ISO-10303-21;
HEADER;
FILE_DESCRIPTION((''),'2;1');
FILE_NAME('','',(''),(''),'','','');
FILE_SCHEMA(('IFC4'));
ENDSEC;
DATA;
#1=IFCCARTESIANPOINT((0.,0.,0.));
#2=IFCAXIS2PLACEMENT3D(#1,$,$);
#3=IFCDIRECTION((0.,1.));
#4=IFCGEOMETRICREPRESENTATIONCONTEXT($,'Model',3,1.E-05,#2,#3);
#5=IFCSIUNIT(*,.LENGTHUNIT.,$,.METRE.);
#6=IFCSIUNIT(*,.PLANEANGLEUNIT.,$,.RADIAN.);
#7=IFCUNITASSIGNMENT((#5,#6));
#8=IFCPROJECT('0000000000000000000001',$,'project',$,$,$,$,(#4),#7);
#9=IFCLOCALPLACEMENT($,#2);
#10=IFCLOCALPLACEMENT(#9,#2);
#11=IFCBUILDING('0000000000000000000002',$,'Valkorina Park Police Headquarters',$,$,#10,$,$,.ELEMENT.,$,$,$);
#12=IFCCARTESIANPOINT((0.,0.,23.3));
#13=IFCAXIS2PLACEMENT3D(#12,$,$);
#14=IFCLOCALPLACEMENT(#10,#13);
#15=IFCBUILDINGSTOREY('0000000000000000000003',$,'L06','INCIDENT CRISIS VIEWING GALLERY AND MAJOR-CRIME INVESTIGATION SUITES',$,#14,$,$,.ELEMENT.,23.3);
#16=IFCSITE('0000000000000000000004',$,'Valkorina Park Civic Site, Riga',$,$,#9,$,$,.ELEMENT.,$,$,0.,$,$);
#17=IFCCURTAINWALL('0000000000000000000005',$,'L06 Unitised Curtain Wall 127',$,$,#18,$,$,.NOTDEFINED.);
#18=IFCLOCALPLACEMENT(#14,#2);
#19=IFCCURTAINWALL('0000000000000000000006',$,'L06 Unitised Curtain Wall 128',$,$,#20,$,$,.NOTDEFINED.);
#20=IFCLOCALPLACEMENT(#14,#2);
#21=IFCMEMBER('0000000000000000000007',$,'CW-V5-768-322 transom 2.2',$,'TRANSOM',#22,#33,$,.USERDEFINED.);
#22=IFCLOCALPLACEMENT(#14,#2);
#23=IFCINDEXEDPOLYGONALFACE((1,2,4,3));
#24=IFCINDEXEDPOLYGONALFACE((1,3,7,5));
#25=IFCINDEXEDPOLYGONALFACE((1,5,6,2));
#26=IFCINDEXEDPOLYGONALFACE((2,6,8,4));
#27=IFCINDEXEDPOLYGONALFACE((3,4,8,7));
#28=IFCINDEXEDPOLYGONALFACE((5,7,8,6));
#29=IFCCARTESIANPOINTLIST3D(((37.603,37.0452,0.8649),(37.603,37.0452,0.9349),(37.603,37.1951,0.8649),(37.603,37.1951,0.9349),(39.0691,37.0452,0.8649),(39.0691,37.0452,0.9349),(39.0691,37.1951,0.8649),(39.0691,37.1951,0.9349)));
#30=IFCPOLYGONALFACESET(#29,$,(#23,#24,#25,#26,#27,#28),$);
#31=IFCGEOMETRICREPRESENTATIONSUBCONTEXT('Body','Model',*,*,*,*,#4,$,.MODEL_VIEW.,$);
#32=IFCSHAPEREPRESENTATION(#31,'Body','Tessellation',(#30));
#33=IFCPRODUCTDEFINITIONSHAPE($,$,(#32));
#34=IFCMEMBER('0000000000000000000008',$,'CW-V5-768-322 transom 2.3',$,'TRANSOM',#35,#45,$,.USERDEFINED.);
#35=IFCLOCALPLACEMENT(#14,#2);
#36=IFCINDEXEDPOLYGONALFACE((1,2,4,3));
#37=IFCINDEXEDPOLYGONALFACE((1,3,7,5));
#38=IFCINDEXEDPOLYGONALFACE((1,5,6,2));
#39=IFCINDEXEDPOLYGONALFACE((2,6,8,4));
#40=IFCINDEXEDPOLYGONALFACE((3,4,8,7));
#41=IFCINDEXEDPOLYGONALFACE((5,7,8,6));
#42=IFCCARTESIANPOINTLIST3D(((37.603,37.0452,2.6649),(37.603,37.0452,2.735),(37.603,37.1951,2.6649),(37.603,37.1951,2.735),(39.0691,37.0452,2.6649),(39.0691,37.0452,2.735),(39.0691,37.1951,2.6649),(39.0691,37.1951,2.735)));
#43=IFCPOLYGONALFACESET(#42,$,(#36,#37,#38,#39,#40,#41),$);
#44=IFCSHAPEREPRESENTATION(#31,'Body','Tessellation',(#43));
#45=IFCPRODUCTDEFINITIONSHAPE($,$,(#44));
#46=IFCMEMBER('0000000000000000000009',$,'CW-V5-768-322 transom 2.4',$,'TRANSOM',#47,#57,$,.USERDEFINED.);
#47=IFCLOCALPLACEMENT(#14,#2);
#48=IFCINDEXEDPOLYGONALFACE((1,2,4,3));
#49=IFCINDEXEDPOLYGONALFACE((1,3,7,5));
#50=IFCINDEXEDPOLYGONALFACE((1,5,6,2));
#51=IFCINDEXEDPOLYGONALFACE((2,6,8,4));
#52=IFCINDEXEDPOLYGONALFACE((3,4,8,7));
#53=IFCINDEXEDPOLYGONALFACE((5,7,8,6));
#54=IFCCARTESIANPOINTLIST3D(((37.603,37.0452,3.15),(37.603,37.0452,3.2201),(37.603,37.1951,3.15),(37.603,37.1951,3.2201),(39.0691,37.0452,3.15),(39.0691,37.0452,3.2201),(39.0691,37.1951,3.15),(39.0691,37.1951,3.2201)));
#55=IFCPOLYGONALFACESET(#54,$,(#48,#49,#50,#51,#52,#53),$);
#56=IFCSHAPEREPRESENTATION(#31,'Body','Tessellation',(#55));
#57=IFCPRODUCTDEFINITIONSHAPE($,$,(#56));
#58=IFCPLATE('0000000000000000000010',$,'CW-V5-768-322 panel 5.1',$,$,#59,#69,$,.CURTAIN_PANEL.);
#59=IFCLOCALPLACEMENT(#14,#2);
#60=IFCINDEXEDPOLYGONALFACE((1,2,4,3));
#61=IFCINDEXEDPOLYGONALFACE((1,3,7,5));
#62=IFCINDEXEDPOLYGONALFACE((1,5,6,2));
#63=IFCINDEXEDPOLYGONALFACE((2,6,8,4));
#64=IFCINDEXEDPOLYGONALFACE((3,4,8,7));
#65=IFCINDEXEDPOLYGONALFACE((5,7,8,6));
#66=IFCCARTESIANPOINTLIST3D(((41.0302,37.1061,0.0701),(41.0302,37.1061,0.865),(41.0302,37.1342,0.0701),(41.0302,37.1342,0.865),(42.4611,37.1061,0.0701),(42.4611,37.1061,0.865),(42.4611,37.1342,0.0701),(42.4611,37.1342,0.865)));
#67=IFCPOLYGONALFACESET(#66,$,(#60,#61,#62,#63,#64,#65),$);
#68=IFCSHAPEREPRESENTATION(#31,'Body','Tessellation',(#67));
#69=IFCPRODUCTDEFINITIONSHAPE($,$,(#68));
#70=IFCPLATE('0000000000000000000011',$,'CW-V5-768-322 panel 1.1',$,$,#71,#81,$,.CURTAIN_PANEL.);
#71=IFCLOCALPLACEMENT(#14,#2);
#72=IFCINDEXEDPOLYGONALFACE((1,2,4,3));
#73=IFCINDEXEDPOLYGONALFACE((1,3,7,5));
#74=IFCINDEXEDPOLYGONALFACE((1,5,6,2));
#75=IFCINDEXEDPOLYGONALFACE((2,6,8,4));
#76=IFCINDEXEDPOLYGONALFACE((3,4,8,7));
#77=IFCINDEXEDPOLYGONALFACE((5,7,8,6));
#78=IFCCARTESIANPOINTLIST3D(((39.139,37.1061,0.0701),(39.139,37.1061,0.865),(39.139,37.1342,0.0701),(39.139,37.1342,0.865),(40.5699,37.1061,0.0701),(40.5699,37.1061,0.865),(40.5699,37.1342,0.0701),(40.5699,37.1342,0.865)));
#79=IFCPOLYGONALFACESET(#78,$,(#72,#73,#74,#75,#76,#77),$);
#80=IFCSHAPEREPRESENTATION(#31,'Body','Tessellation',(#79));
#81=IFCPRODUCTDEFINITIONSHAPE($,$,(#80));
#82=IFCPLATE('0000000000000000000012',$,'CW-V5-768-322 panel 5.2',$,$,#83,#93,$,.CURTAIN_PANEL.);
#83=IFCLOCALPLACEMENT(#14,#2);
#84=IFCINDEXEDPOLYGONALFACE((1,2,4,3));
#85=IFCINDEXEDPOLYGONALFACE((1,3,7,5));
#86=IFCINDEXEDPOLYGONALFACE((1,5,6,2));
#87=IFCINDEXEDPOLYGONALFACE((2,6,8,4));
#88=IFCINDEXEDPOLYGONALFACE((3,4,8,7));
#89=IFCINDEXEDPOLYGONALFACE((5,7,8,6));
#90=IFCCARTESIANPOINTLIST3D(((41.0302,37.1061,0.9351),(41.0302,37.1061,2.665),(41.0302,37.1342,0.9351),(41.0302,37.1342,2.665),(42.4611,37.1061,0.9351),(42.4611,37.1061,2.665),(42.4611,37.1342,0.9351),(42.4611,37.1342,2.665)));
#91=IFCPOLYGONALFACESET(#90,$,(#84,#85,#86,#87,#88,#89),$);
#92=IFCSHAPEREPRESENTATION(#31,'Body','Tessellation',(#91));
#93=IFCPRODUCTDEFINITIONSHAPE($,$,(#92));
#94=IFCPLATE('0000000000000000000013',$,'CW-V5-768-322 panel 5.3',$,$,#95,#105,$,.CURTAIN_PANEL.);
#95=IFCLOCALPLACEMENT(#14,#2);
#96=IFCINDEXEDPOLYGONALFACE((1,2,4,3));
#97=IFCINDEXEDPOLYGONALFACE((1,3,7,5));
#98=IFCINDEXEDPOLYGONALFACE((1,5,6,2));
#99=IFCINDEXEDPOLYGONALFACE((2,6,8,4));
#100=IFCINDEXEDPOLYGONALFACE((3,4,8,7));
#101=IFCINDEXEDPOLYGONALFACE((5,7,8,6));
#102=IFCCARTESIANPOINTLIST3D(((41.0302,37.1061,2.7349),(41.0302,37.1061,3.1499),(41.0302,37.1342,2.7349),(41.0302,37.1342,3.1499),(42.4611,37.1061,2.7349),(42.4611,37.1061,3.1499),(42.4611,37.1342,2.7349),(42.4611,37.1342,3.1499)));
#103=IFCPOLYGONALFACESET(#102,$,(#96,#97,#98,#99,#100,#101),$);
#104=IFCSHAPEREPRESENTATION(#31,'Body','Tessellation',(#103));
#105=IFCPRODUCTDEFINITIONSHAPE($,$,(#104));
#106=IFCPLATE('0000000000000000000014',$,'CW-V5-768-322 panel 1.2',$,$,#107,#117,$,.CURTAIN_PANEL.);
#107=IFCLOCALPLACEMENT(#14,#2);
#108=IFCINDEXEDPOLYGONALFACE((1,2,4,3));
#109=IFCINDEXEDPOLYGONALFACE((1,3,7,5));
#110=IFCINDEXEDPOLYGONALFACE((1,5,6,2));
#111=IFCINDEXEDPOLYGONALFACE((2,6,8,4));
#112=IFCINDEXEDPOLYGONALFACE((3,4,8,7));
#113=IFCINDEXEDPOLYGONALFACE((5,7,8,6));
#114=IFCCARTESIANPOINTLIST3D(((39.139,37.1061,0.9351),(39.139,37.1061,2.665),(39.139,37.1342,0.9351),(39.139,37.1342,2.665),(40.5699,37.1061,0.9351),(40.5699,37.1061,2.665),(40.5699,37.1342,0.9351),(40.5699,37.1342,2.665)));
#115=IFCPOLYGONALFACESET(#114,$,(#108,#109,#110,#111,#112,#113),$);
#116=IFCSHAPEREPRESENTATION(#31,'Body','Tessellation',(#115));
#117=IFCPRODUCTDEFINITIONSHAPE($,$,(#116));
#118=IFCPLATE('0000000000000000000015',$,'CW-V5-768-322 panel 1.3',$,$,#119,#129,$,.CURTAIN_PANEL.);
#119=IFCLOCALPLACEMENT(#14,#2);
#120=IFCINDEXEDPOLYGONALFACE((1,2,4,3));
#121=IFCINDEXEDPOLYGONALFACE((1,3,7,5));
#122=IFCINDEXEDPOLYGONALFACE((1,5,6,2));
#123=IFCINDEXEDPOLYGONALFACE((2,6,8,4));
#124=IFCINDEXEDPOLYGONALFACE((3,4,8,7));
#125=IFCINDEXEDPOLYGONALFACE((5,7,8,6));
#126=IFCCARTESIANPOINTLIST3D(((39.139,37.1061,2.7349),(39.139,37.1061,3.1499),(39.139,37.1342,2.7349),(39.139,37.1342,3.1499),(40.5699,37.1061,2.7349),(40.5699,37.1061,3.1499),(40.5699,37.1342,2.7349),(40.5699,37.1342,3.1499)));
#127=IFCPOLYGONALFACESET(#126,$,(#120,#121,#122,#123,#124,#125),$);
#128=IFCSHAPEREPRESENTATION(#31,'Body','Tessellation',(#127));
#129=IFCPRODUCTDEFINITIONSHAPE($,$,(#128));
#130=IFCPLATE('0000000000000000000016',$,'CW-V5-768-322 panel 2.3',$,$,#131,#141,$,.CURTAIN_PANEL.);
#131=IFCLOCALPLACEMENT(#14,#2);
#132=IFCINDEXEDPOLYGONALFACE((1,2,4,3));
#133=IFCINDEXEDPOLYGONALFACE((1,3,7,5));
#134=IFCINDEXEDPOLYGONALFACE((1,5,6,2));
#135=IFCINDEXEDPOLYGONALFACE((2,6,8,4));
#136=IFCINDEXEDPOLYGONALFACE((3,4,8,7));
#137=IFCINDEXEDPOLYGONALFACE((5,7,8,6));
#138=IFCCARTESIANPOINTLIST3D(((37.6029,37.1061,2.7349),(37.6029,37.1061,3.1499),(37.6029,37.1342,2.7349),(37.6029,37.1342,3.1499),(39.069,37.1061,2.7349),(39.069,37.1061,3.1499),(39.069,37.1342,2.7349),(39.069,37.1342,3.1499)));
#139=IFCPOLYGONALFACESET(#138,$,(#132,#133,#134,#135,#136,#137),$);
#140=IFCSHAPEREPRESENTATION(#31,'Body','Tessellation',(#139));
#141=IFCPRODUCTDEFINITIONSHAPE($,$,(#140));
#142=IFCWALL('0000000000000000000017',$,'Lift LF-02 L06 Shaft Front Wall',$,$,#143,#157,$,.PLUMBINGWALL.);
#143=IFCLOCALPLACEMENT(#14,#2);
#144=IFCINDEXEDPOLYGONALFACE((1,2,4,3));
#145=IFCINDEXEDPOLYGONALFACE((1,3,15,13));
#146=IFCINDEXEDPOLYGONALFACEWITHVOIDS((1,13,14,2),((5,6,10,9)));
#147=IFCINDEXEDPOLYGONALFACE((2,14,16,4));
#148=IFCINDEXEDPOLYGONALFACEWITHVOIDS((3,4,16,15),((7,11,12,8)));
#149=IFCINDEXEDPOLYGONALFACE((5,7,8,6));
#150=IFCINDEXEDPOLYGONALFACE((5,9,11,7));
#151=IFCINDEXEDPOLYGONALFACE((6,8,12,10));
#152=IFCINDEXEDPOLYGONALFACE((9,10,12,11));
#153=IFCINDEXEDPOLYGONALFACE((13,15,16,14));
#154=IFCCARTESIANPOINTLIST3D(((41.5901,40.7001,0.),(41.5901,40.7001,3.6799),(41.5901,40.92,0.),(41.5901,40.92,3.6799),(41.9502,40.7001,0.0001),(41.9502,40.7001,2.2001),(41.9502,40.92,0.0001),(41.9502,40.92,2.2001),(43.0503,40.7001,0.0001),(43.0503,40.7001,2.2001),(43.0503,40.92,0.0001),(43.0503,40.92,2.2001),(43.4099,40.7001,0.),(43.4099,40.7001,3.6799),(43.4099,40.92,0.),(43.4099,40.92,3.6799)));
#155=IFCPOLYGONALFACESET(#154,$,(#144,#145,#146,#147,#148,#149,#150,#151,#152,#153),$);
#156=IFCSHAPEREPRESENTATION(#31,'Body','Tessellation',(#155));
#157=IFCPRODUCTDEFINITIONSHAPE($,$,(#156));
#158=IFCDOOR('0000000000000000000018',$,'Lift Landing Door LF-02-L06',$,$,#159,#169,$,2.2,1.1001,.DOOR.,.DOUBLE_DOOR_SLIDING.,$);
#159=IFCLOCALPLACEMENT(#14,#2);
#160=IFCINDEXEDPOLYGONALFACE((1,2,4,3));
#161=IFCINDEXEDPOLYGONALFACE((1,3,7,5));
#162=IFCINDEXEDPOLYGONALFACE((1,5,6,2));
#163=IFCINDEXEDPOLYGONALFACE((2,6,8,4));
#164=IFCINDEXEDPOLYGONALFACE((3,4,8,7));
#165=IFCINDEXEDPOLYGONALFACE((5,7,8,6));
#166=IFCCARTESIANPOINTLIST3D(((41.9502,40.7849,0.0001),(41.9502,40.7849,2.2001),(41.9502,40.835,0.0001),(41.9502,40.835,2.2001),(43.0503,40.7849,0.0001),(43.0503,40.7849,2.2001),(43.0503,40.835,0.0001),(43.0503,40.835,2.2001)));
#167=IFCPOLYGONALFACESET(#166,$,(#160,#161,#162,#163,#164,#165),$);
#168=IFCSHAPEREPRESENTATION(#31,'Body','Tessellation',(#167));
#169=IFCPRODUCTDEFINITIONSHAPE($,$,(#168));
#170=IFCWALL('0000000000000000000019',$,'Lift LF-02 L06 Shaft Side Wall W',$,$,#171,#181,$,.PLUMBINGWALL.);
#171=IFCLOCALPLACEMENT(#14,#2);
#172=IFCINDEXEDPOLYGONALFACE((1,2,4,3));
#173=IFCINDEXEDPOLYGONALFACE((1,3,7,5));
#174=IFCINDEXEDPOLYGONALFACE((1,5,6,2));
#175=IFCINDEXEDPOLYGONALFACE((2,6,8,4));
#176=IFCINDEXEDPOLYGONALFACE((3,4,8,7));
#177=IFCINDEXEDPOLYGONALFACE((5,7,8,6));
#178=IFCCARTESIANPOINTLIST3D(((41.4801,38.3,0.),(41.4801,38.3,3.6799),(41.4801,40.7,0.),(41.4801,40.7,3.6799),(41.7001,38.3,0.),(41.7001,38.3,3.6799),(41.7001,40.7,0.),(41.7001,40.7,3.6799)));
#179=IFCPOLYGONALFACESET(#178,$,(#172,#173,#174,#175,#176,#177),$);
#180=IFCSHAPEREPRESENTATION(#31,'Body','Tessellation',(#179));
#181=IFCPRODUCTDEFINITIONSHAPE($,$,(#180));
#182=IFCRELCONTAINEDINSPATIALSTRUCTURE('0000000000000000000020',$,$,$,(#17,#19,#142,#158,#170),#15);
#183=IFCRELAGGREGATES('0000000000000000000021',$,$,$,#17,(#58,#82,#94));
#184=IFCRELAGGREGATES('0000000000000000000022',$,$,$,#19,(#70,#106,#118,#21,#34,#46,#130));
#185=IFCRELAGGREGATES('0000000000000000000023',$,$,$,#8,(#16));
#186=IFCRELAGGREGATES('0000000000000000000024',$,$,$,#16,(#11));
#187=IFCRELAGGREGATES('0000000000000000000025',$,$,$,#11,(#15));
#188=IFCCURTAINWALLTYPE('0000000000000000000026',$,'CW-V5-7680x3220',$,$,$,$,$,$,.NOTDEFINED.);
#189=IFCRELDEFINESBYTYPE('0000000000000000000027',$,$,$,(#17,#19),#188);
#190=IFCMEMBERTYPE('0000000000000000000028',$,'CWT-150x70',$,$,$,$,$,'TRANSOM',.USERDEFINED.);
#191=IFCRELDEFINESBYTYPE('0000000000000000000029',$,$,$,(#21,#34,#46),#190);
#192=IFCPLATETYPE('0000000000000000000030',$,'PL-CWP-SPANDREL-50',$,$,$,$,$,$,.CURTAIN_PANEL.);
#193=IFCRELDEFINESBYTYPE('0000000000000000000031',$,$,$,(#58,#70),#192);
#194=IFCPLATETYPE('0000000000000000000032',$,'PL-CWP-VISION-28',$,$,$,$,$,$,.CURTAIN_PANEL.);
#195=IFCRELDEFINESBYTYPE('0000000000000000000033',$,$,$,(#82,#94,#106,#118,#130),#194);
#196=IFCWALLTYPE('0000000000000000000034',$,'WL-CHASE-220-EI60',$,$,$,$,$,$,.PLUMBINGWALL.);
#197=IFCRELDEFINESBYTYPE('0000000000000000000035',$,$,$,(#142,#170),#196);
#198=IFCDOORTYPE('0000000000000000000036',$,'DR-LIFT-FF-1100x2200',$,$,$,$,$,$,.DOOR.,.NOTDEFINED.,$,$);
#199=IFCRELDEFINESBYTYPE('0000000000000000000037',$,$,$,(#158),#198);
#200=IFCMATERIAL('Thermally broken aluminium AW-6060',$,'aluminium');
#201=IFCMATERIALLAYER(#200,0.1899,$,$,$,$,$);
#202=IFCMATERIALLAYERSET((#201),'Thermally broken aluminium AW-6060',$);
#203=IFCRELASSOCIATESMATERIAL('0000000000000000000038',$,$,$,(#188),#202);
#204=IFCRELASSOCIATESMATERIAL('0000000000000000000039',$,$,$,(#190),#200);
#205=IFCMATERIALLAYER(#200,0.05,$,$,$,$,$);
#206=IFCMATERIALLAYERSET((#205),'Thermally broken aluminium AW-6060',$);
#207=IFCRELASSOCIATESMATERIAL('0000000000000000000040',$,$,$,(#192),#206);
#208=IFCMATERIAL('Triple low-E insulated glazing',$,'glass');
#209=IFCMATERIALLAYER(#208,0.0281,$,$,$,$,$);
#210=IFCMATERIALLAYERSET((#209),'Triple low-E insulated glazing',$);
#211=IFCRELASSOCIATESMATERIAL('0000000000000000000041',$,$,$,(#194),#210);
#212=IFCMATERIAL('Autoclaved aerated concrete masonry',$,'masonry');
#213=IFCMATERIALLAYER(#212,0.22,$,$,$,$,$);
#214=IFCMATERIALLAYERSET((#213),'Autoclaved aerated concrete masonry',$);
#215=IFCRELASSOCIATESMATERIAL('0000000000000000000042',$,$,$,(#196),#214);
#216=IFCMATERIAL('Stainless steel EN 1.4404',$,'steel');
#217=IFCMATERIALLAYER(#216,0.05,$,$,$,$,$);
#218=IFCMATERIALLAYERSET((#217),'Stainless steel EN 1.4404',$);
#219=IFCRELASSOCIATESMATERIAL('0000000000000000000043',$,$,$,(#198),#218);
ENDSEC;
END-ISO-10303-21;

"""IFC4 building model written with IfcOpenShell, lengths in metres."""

from ifc_helpers import new_model, si_unit, direction, frame, frame_2d, origin, origin_2d, place, context, subcontext, project, spatial, rectangle, extrude, material, layer, layer_set, material_profile, profile_set, type_object, element, fill, aggregate, save


model = new_model("IFC4")

# Units and contexts
model_context = context("Model", 3, precision=1e-05, world=origin(), true_north=direction((0.0, 1.0)))
body_context = subcontext(model_context, "Body", "Model", "MODEL_VIEW")
ifc_project = project(units=[si_unit("LENGTHUNIT", "METRE"), si_unit("PLANEANGLEUNIT", "RADIAN")], contexts=[model_context])

# Site, building, storey
site_placement = place(None, origin())
site = spatial("IfcSite", under=ifc_project, at=site_placement, Name="Valkorina Park Civic Site, Riga", CompositionType="ELEMENT", RefElevation=0.0)
building_placement = place(site_placement, origin())
building = spatial("IfcBuilding", under=site, at=building_placement, Name="Valkorina Park Police Headquarters", CompositionType="ELEMENT")
storey_placement = place(building_placement, frame((0.0, 0.0, 23.3)))
storey = spatial("IfcBuildingStorey", under=building, at=storey_placement, Name="L06", Description="INCIDENT CRISIS VIEWING GALLERY AND MAJOR-CRIME INVESTIGATION SUITES", CompositionType="ELEMENT", Elevation=23.3)

# Curtain wall
ifc_material_1 = material(Name="Thermally broken aluminium AW-6060", Category="aluminium")
ifc_layer_1 = layer(ifc_material_1, 0.1899)
ifc_layer_set_1 = layer_set([ifc_layer_1], Name="Thermally broken aluminium AW-6060")
curtain_wall_type = type_object("IfcCurtainWallType", Name="CW-V5-7680x3220", PredefinedType="NOTDEFINED", material=ifc_layer_set_1)
curtain_wall_1_placement = place(storey_placement, origin())
curtain_wall_1 = element("IfcCurtainWall", 1, at=curtain_wall_1_placement, inside=storey, type_object=curtain_wall_type, Name="L06 Unitised Curtain Wall 127", PredefinedType="NOTDEFINED")

# Curtain wall
curtain_wall_2_placement = place(storey_placement, origin())
curtain_wall_2 = element("IfcCurtainWall", 2, at=curtain_wall_2_placement, inside=storey, type_object=curtain_wall_type, Name="L06 Unitised Curtain Wall 128", PredefinedType="NOTDEFINED")

# Members
ifc_material_profile_1 = material_profile(ifc_material_1, rectangle(XDim=0.1499, YDim=0.0701, at=origin_2d()), Name="CWT-02 150x70")
ifc_profile_set_1 = profile_set([ifc_material_profile_1], Name="Thermally broken aluminium AW-6060")
member_type_1 = type_object("IfcMemberType", Name="CWT-150x70", ElementType="TRANSOM", PredefinedType="USERDEFINED", material=ifc_profile_set_1)
member_1_placement = place(storey_placement, frame((39.0691, 37.1201, 0.8999), z_axis=(-1.0, 0.0, 0.0), x_axis=(0.0, -1.0, 0.0)))
member_1 = element("IfcMember", 3, at=member_1_placement, type_object=member_type_1, Name="CW-V5-768-322 transom 2.2", ObjectType="TRANSOM", PredefinedType="USERDEFINED", context=body_context, shape_type="SweptSolid", body=[
    extrude(rectangle(XDim=0.1499, YDim=0.0701, at=origin_2d()), origin(), (0.0, 0.0, 1.0), 1.4661),
])
member_2_placement = place(storey_placement, frame((39.0691, 37.1201, 2.7), z_axis=(-1.0, 0.0, 0.0), x_axis=(0.0, -1.0, 0.0)))
member_2 = element("IfcMember", 4, at=member_2_placement, type_object=member_type_1, Name="CW-V5-768-322 transom 2.3", ObjectType="TRANSOM", PredefinedType="USERDEFINED", context=body_context, shape_type="SweptSolid", body=[
    extrude(rectangle(XDim=0.1499, YDim=0.0701, at=origin_2d()), origin(), (0.0, 0.0, 1.0), 1.4661),
])
member_3_placement = place(storey_placement, frame((39.0691, 37.1201, 3.1851), z_axis=(-1.0, 0.0, 0.0), x_axis=(0.0, -1.0, 0.0)))
member_3 = element("IfcMember", 5, at=member_3_placement, type_object=member_type_1, Name="CW-V5-768-322 transom 2.4", ObjectType="TRANSOM", PredefinedType="USERDEFINED", context=body_context, shape_type="SweptSolid", body=[
    extrude(rectangle(XDim=0.1499, YDim=0.0701, at=origin_2d()), origin(), (0.0, 0.0, 1.0), 1.4661),
])

# Plates
ifc_layer_2 = layer(ifc_material_1, 0.05)
ifc_layer_set_2 = layer_set([ifc_layer_2], Name="Thermally broken aluminium AW-6060")
plate_type_1 = type_object("IfcPlateType", Name="PL-CWP-SPANDREL-50", PredefinedType="CURTAIN_PANEL", material=ifc_layer_set_2)
plate_1_placement = place(storey_placement, frame((41.7456, 37.1201, 0.0701), z_axis=(0.0, 0.0, 1.0), x_axis=(-1.0, 0.0, 0.0)))
plate_1 = element("IfcPlate", 6, at=plate_1_placement, type_object=plate_type_1, Name="CW-V5-768-322 panel 5.1", PredefinedType="CURTAIN_PANEL", context=body_context, shape_type="SweptSolid", body=[
    extrude(rectangle(XDim=1.4309, YDim=0.0281, at=origin_2d()), origin(), (0.0, 0.0, 1.0), 0.7949),
])
plate_2_placement = place(storey_placement, frame((39.8545, 37.1201, 0.0701), z_axis=(0.0, 0.0, 1.0), x_axis=(-1.0, 0.0, 0.0)))
plate_2 = element("IfcPlate", 7, at=plate_2_placement, type_object=plate_type_1, Name="CW-V5-768-322 panel 1.1", PredefinedType="CURTAIN_PANEL", context=body_context, shape_type="SweptSolid", body=[
    extrude(rectangle(XDim=1.4309, YDim=0.0281, at=origin_2d()), origin(), (0.0, 0.0, 1.0), 0.7949),
])
ifc_material_2 = material(Name="Triple low-E insulated glazing", Category="glass")
ifc_layer_3 = layer(ifc_material_2, 0.0281)
ifc_layer_set_3 = layer_set([ifc_layer_3], Name="Triple low-E insulated glazing")
plate_type_2 = type_object("IfcPlateType", Name="PL-CWP-VISION-28", PredefinedType="CURTAIN_PANEL", material=ifc_layer_set_3)
plate_3_placement = place(storey_placement, frame((41.7456, 37.1201, 0.9351), z_axis=(0.0, 0.0, 1.0), x_axis=(-1.0, 0.0, 0.0)))
plate_3 = element("IfcPlate", 8, at=plate_3_placement, type_object=plate_type_2, Name="CW-V5-768-322 panel 5.2", PredefinedType="CURTAIN_PANEL", context=body_context, shape_type="SweptSolid", body=[
    extrude(rectangle(XDim=1.4309, YDim=0.0281, at=origin_2d()), origin(), (0.0, 0.0, 1.0), 1.73),
])
plate_4_placement = place(storey_placement, frame((41.7456, 37.1201, 2.7349), z_axis=(0.0, 0.0, 1.0), x_axis=(-1.0, 0.0, 0.0)))
plate_4 = element("IfcPlate", 9, at=plate_4_placement, type_object=plate_type_2, Name="CW-V5-768-322 panel 5.3", PredefinedType="CURTAIN_PANEL", context=body_context, shape_type="SweptSolid", body=[
    extrude(rectangle(XDim=1.4309, YDim=0.0281, at=origin_2d()), origin(), (0.0, 0.0, 1.0), 0.415),
])
aggregate(curtain_wall_1, [plate_1, plate_3, plate_4])
plate_5_placement = place(storey_placement, frame((39.8545, 37.1201, 0.9351), z_axis=(0.0, 0.0, 1.0), x_axis=(-1.0, 0.0, 0.0)))
plate_5 = element("IfcPlate", 10, at=plate_5_placement, type_object=plate_type_2, Name="CW-V5-768-322 panel 1.2", PredefinedType="CURTAIN_PANEL", context=body_context, shape_type="SweptSolid", body=[
    extrude(rectangle(XDim=1.4309, YDim=0.0281, at=origin_2d()), origin(), (0.0, 0.0, 1.0), 1.73),
])
plate_6_placement = place(storey_placement, frame((39.8545, 37.1201, 2.7349), z_axis=(0.0, 0.0, 1.0), x_axis=(-1.0, 0.0, 0.0)))
plate_6 = element("IfcPlate", 11, at=plate_6_placement, type_object=plate_type_2, Name="CW-V5-768-322 panel 1.3", PredefinedType="CURTAIN_PANEL", context=body_context, shape_type="SweptSolid", body=[
    extrude(rectangle(XDim=1.4309, YDim=0.0281, at=origin_2d()), origin(), (0.0, 0.0, 1.0), 0.415),
])
plate_7_placement = place(storey_placement, frame((38.3359, 37.1201, 2.7349), z_axis=(0.0, 0.0, 1.0), x_axis=(-1.0, 0.0, 0.0)))
plate_7 = element("IfcPlate", 12, at=plate_7_placement, type_object=plate_type_2, Name="CW-V5-768-322 panel 2.3", PredefinedType="CURTAIN_PANEL", context=body_context, shape_type="SweptSolid", body=[
    extrude(rectangle(XDim=1.4661, YDim=0.0281, at=origin_2d()), origin(), (0.0, 0.0, 1.0), 0.415),
])
aggregate(curtain_wall_2, [plate_2, plate_5, plate_6, member_1, member_2, member_3, plate_7])

# Wall, opening, door
ifc_material_3 = material(Name="Autoclaved aerated concrete masonry", Category="masonry")
ifc_layer_4 = layer(ifc_material_3, 0.22)
ifc_layer_set_4 = layer_set([ifc_layer_4], Name="Autoclaved aerated concrete masonry")
wall_type_1 = type_object("IfcWallType", Name="WL-CHASE-220-EI60", PredefinedType="PLUMBINGWALL", material=ifc_layer_set_4)
wall_1_placement = place(storey_placement, frame((41.5901, 40.8101, 0.0), z_axis=(0.0, 0.0, 1.0), x_axis=(1.0, 0.0, 0.0)))
wall_1 = element("IfcWall", 13, at=wall_1_placement, inside=storey, type_object=wall_type_1, Name="Lift LF-02 L06 Shaft Front Wall", PredefinedType="PLUMBINGWALL", context=body_context, shape_type="SweptSolid", body=[
    extrude(rectangle(XDim=1.8198, YDim=0.22, at=frame_2d((0.9099, 0.0))), origin(), (0.0, 0.0, 1.0), 3.6799),
])
opening_placement = place(wall_1_placement, frame((0.3601, 0.0, 0.0)))
opening = element("IfcOpeningElement", 14, at=opening_placement, cuts=wall_1, PredefinedType="OPENING", context=body_context, shape_type="SweptSolid", body=[
    extrude(rectangle(XDim=1.1001, YDim=2.2, at=frame_2d((0.55, 1.1001))), frame((0.0, 0.1201, 0.0), z_axis=(0.0, -1.0, 0.0), x_axis=(1.0, 0.0, 0.0)), (0.0, 0.0, 1.0), 0.24),
])
ifc_material_4 = material(Name="Stainless steel EN 1.4404", Category="steel")
ifc_layer_5 = layer(ifc_material_4, 0.05)
ifc_layer_set_5 = layer_set([ifc_layer_5], Name="Stainless steel EN 1.4404")
door_type = type_object("IfcDoorType", Name="DR-LIFT-FF-1100x2200", OperationType="NOTDEFINED", PredefinedType="DOOR", material=ifc_layer_set_5)
door_placement = place(opening_placement, origin())
door = element("IfcDoor", 15, at=door_placement, inside=storey, type_object=door_type, Name="Lift Landing Door LF-02-L06", OperationType="DOUBLE_DOOR_SLIDING", OverallHeight=2.2, OverallWidth=1.1001, PredefinedType="DOOR", context=body_context, shape_type="SweptSolid", body=[
    extrude(rectangle(XDim=1.1001, YDim=2.2, at=frame_2d((0.55, 1.1001))), frame((0.0, 0.0249, 0.0), z_axis=(0.0, -1.0, 0.0), x_axis=(1.0, 0.0, 0.0)), (0.0, 0.0, 1.0), 0.05),
])
fill(opening, door)

# Wall
wall_2_placement = place(storey_placement, frame((41.5901, 38.3, 0.0), z_axis=(0.0, 0.0, 1.0), x_axis=(0.0, 1.0, 0.0)))
element("IfcWall", 16, at=wall_2_placement, inside=storey, type_object=wall_type_1, Name="Lift LF-02 L06 Shaft Side Wall W", PredefinedType="PLUMBINGWALL", context=body_context, shape_type="SweptSolid", body=[
    extrude(rectangle(XDim=2.3999, YDim=0.22, at=frame_2d((1.2, 0.0))), origin(), (0.0, 0.0, 1.0), 3.6799),
])

save(model, "model.ifc")
